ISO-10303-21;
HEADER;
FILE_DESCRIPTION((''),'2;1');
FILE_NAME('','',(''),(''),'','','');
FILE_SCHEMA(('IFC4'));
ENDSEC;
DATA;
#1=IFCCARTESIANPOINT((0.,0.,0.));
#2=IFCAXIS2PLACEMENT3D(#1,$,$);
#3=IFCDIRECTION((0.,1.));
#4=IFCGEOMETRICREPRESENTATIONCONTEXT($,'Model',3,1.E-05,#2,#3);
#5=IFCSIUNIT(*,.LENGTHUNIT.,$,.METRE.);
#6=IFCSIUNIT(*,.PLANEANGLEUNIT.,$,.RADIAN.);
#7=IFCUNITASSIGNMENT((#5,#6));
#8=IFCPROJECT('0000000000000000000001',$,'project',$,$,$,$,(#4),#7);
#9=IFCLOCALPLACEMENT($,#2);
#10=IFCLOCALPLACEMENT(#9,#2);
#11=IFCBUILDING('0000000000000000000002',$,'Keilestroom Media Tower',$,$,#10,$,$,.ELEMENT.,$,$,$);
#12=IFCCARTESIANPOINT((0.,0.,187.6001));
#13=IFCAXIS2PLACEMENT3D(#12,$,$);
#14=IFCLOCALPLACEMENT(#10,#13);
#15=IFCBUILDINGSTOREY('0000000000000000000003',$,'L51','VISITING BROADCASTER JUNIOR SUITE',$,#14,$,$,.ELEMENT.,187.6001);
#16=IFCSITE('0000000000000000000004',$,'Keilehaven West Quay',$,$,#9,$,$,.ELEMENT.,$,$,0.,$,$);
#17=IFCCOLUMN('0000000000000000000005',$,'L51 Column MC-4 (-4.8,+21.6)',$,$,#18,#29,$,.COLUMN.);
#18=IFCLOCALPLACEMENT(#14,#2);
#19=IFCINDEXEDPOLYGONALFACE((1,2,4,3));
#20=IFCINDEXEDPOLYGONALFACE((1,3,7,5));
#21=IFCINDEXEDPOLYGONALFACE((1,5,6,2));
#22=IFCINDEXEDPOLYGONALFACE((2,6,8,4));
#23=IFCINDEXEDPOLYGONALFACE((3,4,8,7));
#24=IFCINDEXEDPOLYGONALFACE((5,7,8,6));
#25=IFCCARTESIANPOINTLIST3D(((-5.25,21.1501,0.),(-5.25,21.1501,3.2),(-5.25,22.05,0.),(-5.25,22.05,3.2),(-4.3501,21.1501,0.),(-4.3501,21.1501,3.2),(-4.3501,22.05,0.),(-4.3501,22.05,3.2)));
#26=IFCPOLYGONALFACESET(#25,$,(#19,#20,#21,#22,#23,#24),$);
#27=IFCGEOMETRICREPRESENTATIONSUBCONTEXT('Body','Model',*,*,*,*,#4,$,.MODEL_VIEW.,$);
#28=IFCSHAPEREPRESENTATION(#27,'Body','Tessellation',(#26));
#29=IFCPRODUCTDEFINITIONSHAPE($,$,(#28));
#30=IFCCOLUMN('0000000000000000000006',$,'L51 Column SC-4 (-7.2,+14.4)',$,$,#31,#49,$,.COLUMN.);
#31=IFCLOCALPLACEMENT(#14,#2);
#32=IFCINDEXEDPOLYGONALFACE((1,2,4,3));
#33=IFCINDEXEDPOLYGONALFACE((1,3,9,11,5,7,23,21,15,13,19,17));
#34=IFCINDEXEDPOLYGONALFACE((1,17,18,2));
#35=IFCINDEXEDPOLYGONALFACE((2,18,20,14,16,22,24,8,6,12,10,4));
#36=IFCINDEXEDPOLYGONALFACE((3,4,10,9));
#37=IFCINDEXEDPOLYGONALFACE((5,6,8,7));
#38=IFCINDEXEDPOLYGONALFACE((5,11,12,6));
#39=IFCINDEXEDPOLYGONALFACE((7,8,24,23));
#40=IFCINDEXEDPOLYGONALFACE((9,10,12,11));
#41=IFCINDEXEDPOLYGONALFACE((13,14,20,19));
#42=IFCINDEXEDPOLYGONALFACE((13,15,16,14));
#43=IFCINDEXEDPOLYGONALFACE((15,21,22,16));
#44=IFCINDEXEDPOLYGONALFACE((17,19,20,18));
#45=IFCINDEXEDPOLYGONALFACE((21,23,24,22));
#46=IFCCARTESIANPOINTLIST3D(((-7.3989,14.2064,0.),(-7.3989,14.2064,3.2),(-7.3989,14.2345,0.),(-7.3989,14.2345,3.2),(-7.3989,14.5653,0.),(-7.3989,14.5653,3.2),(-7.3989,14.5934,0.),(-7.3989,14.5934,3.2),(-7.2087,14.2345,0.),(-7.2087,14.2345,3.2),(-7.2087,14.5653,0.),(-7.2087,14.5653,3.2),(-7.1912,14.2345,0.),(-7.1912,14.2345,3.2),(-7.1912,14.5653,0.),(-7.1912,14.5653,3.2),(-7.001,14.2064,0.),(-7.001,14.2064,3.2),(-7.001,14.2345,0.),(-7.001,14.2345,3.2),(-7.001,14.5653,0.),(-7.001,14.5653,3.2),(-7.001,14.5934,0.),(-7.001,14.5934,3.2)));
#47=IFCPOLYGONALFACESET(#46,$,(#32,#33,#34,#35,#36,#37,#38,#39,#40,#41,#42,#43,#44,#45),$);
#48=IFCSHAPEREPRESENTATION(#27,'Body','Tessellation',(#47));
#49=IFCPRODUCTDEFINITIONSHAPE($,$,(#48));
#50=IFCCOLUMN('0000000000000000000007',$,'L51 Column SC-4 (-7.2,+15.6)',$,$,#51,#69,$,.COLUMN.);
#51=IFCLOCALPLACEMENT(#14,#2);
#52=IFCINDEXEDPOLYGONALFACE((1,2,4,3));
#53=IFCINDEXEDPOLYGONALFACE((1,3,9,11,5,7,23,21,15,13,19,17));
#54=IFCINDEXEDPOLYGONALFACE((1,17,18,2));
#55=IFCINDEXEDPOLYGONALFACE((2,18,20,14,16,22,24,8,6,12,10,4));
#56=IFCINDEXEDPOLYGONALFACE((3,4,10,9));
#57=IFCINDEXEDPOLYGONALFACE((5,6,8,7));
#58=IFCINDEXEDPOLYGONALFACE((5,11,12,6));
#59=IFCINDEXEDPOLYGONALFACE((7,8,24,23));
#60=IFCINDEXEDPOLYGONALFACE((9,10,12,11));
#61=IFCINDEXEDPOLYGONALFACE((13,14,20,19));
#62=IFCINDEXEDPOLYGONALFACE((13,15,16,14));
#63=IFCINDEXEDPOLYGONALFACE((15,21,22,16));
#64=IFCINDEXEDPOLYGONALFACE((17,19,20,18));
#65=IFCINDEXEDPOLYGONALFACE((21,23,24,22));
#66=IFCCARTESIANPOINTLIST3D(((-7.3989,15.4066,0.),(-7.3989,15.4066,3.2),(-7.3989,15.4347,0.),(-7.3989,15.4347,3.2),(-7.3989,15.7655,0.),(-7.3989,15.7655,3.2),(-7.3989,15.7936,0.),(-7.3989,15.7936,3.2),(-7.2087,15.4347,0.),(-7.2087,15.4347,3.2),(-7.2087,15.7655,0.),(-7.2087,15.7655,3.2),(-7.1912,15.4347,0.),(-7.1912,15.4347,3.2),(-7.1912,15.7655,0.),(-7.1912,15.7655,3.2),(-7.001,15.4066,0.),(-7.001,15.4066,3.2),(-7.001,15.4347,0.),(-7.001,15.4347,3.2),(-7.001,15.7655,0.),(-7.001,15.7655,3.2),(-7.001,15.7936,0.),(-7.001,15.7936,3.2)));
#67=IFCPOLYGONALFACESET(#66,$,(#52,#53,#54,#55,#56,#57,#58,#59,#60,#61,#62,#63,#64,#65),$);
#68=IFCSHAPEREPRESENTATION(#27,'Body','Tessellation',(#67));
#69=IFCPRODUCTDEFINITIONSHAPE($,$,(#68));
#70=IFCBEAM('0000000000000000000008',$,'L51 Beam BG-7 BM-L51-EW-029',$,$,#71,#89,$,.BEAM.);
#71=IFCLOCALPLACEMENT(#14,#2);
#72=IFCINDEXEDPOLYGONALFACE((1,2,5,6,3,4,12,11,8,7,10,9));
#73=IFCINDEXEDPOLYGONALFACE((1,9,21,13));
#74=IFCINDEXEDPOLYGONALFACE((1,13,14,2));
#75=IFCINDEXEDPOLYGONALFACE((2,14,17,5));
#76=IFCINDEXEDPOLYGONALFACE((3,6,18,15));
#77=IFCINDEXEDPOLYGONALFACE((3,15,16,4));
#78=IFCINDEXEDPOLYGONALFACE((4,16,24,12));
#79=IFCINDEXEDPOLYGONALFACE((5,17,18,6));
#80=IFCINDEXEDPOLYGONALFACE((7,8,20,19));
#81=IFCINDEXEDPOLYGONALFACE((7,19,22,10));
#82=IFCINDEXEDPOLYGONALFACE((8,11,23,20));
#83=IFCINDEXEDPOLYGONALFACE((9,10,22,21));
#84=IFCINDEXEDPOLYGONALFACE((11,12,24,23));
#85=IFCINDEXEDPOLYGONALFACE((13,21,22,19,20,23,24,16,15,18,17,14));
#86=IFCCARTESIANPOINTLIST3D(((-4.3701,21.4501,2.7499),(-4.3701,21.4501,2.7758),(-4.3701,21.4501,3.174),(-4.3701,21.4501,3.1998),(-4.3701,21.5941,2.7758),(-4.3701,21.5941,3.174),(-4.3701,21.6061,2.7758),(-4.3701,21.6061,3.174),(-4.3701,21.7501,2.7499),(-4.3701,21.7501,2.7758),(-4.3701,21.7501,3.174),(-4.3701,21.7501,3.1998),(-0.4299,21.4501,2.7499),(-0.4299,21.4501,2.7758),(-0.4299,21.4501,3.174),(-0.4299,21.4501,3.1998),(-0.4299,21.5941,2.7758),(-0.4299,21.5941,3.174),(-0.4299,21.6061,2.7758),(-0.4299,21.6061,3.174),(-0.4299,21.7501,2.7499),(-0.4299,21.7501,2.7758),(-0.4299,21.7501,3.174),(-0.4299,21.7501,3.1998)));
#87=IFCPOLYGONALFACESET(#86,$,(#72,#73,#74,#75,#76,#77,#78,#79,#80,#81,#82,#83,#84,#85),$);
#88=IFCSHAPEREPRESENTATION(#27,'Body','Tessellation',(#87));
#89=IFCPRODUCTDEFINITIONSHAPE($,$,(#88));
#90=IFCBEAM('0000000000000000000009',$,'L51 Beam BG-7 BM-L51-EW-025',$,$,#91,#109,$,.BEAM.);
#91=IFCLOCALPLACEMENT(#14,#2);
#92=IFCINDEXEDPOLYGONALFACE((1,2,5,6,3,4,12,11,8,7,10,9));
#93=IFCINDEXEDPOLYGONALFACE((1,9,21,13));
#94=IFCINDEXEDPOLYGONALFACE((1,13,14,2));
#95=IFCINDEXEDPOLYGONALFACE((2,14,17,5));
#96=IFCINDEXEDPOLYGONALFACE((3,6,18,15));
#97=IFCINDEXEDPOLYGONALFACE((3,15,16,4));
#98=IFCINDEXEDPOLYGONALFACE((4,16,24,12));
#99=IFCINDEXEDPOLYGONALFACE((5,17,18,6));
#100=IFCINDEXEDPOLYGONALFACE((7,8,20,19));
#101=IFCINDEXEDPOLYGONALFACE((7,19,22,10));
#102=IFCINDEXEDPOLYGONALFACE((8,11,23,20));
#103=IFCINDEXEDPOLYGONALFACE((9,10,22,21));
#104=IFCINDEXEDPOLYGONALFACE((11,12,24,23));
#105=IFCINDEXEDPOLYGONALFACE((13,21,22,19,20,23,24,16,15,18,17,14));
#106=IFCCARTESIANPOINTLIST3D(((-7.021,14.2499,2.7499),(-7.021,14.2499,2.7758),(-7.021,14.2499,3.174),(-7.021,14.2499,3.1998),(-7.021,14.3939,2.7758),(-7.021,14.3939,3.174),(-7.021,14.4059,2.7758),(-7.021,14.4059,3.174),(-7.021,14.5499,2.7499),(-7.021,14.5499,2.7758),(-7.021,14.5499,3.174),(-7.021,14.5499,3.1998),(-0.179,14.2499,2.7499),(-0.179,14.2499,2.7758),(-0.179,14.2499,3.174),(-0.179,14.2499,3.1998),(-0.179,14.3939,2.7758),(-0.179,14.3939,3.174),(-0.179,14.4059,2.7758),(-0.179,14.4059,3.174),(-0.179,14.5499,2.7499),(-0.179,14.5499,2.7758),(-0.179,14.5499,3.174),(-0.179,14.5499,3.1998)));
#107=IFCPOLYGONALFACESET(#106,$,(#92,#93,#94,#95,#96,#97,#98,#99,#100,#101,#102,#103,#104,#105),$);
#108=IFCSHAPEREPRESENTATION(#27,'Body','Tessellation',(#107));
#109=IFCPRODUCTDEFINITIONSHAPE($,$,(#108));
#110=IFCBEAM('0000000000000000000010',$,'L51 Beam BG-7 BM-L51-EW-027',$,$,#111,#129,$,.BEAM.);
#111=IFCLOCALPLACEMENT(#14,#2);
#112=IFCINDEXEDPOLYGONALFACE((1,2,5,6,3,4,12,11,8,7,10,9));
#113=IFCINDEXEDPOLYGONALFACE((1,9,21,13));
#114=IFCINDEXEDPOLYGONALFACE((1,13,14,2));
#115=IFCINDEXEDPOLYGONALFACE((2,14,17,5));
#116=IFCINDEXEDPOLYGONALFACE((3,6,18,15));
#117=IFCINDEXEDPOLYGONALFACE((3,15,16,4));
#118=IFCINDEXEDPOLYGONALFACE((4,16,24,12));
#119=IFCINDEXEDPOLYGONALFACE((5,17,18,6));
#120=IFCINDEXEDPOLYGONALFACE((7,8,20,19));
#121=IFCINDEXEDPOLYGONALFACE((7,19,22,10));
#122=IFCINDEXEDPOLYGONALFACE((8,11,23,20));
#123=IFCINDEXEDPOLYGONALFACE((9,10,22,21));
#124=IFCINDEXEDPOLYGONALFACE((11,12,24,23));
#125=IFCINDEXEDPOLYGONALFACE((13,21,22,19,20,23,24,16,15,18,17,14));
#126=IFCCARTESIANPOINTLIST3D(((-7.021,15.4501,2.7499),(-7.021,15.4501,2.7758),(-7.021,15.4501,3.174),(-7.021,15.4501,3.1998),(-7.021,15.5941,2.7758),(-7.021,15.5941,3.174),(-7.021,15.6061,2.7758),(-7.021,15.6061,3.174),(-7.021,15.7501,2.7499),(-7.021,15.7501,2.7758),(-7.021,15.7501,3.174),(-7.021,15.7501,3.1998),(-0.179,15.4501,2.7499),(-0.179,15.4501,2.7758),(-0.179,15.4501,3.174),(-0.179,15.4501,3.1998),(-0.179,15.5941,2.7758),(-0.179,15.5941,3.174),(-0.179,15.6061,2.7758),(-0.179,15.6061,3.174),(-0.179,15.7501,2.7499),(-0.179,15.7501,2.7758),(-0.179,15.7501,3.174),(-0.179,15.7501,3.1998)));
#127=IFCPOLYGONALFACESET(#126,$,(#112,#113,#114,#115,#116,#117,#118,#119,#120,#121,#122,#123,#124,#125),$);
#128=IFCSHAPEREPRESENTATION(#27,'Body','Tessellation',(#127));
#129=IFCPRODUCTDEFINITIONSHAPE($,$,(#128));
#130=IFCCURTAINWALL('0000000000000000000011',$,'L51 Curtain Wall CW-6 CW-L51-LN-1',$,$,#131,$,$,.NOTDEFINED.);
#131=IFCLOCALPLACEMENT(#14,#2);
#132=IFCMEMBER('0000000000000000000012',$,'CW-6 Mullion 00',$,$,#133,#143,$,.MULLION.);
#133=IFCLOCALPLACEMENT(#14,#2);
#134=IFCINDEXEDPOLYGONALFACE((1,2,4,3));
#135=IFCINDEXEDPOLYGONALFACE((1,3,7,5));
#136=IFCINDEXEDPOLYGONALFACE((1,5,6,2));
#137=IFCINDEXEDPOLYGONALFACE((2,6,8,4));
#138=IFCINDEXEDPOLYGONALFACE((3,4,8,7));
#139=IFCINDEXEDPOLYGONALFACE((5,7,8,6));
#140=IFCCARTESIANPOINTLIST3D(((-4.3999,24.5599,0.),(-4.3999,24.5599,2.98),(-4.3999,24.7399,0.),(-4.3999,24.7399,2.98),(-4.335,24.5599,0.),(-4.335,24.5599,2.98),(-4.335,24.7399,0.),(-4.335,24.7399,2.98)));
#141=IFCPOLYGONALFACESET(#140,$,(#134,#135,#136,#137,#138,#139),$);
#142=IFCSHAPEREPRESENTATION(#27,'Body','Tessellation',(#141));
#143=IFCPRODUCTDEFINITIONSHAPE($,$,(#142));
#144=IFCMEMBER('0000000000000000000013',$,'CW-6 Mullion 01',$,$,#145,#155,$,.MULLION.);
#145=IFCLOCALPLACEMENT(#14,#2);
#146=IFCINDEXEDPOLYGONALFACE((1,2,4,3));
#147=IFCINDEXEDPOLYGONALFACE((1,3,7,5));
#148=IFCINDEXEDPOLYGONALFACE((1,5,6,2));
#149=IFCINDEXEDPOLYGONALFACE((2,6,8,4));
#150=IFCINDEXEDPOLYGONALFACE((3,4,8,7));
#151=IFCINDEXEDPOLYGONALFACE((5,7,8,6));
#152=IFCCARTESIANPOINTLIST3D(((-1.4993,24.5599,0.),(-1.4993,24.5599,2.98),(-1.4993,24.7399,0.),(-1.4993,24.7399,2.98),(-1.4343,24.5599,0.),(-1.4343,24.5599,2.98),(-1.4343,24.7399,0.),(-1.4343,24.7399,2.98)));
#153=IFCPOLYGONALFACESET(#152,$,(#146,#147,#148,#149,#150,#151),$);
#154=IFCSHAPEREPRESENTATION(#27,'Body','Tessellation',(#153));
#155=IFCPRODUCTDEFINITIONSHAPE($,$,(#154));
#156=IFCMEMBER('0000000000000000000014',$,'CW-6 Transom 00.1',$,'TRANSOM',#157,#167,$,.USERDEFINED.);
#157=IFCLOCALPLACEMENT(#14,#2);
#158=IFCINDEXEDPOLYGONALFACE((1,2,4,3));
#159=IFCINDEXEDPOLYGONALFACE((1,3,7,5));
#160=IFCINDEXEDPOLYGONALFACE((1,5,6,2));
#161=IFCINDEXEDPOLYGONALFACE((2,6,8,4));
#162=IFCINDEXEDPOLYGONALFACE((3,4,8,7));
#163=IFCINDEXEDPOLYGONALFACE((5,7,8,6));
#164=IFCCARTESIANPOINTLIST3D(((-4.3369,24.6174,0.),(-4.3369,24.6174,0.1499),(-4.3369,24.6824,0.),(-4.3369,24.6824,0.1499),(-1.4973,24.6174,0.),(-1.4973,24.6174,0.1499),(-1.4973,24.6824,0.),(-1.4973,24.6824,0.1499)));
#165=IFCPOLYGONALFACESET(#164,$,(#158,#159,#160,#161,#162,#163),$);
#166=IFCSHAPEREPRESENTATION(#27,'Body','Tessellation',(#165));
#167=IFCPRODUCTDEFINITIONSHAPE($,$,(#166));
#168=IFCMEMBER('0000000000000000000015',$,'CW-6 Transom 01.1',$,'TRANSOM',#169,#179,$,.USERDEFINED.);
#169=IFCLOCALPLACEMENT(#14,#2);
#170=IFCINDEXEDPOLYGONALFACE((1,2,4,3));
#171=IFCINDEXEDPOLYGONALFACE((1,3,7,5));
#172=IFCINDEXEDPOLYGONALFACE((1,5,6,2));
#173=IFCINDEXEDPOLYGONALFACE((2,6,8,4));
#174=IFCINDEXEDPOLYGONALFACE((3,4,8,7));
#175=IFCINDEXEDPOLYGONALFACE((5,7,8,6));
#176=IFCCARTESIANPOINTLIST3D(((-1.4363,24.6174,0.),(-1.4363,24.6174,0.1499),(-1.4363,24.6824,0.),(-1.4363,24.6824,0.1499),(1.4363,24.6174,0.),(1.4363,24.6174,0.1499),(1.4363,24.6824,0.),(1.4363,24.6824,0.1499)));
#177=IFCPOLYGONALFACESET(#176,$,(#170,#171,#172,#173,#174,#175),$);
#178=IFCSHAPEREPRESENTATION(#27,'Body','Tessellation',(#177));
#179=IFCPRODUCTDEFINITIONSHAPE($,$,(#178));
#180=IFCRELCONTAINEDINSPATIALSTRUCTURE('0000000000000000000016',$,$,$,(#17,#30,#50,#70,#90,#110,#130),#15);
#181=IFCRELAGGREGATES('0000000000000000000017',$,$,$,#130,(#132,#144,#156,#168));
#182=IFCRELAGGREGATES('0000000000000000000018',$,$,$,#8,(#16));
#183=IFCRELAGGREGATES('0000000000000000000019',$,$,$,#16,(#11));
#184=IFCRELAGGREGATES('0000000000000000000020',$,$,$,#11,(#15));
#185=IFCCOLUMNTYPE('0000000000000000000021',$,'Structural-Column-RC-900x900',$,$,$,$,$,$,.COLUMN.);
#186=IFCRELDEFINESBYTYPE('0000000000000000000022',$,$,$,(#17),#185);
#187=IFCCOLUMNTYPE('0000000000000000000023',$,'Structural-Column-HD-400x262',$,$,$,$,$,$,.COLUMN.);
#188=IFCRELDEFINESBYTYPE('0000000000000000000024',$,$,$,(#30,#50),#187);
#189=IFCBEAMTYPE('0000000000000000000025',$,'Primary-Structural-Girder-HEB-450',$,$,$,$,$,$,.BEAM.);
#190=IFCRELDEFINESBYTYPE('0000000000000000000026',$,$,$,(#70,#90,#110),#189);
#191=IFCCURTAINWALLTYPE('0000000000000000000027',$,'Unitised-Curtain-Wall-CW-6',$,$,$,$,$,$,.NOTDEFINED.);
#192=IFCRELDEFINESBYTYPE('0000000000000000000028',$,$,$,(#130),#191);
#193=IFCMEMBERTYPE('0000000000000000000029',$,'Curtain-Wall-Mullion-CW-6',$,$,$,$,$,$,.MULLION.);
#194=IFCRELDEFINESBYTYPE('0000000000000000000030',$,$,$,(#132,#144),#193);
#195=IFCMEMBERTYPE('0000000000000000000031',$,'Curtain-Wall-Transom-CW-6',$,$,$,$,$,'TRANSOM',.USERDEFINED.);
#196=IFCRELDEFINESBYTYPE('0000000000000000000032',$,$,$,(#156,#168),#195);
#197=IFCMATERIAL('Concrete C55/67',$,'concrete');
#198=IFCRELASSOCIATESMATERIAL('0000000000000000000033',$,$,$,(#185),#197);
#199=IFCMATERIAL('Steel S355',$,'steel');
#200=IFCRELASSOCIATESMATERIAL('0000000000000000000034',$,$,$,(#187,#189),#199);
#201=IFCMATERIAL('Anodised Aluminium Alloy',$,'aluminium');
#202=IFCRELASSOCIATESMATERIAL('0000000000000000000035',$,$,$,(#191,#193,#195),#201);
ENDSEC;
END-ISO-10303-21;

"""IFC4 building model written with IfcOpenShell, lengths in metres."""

from ifc_helpers import new_model, si_unit, direction, frame, origin, origin_2d, place, context, subcontext, project, spatial, rectangle, i_section, extrude, source, transform, mapped, material, material_profile, profile_set, type_object, element, aggregate, save


model = new_model("IFC4")

# Units and contexts
model_context = context("Model", 3, precision=1e-05, world=origin(), true_north=direction((0.0, 1.0)))
body_context = subcontext(model_context, "Body", "Model", "MODEL_VIEW")
ifc_project = project(units=[si_unit("LENGTHUNIT", "METRE"), si_unit("PLANEANGLEUNIT", "RADIAN")], contexts=[model_context])

# Site, building, storey
site_placement = place(None, origin())
site = spatial("IfcSite", under=ifc_project, at=site_placement, Name="Keilehaven West Quay", CompositionType="ELEMENT", RefElevation=0.0)
building_placement = place(site_placement, origin())
building = spatial("IfcBuilding", under=site, at=building_placement, Name="Keilestroom Media Tower", CompositionType="ELEMENT")
storey_placement = place(building_placement, frame((0.0, 0.0, 187.6001)))
storey = spatial("IfcBuildingStorey", under=building, at=storey_placement, Name="L51", Description="VISITING BROADCASTER JUNIOR SUITE", CompositionType="ELEMENT", Elevation=187.6001)

# Columns
ifc_material_1 = material(Name="Concrete C55/67", Category="concrete")
ifc_material_profile_1 = material_profile(ifc_material_1, rectangle(XDim=0.8999, YDim=0.8999, at=origin_2d()), Name="RC 900x900")
ifc_profile_set_1 = profile_set([ifc_material_profile_1], Name="Concrete C55/67")
column_type_1 = type_object("IfcColumnType", Name="Structural-Column-RC-900x900", PredefinedType="COLUMN", material=ifc_profile_set_1)
shared_shape_1 = source(origin(), body_context, "Body", "SweptSolid", [
    extrude(rectangle(XDim=0.8999, YDim=0.8999, at=origin_2d()), origin(), (0.0, 0.0, 1.0), 3.2),
])
column_placement = place(storey_placement, frame((-4.8, 21.6001, 0.0), z_axis=(0.0, 0.0, 1.0), x_axis=(1.0, 0.0, 0.0)))
element("IfcColumn", 1, at=column_placement, inside=storey, type_object=column_type_1, Name="L51 Column MC-4 (-4.8,+21.6)", PredefinedType="COLUMN", context=body_context, shape_type="MappedRepresentation", body=[
    mapped(shared_shape_1, transform((0.0, 0.0, 0.0), x_axis=(1.0, 0.0, 0.0), y_axis=(0.0, 1.0, 0.0), z_axis=(0.0, 0.0, 1.0), scale=1.0)),
])
ifc_material_2 = material(Name="Steel S355", Category="steel")
ifc_material_profile_2 = material_profile(ifc_material_2, i_section(OverallWidth=0.3979, OverallDepth=0.387, WebThickness=0.0176, FlangeThickness=0.0281, at=origin_2d()), Name="HD 400x262")
ifc_profile_set_2 = profile_set([ifc_material_profile_2], Name="Steel S355")
column_type_2 = type_object("IfcColumnType", Name="Structural-Column-HD-400x262", PredefinedType="COLUMN", material=ifc_profile_set_2)
shared_shape_2 = source(origin(), body_context, "Body", "SweptSolid", [
    extrude(i_section(OverallWidth=0.3979, OverallDepth=0.387, WebThickness=0.0176, FlangeThickness=0.0281, at=origin_2d()), origin(), (0.0, 0.0, 1.0), 3.2),
])
for number, where, z_axis, x_axis, name in (
    (2, (-7.2, 14.3999, 0.0), (0.0, 0.0, 1.0), (1.0, 0.0, 0.0), "L51 Column SC-4 (-7.2,+14.4)"),
    (3, (-7.2, 15.6001, 0.0), (0.0, 0.0, 1.0), (1.0, 0.0, 0.0), "L51 Column SC-4 (-7.2,+15.6)"),
):
    element("IfcColumn", number, at=place(storey_placement, frame(where, z_axis=z_axis, x_axis=x_axis)), inside=storey, type_object=column_type_2, Name=name, PredefinedType="COLUMN", context=body_context, shape_type="MappedRepresentation", body=[
        mapped(shared_shape_2, transform((0.0, 0.0, 0.0), x_axis=(1.0, 0.0, 0.0), y_axis=(0.0, 1.0, 0.0), z_axis=(0.0, 0.0, 1.0), scale=1.0)),
    ])

# Beams
ifc_material_profile_3 = material_profile(ifc_material_2, i_section(OverallWidth=0.3, OverallDepth=0.45, WebThickness=0.012, FlangeThickness=0.0259, at=origin_2d()), Name="HEB 450")
ifc_profile_set_3 = profile_set([ifc_material_profile_3], Name="Steel S355")
beam_type = type_object("IfcBeamType", Name="Primary-Structural-Girder-HEB-450", PredefinedType="BEAM", material=ifc_profile_set_3)
shared_shape_3 = source(origin(), body_context, "Body", "SweptSolid", [
    extrude(i_section(OverallWidth=0.3, OverallDepth=0.45, WebThickness=0.012, FlangeThickness=0.0259, at=origin_2d()), origin(), (0.0, 0.0, 1.0), 3.9402),
])
beam_placement = place(storey_placement, frame((-4.3701, 21.6001, 2.9749), z_axis=(1.0, 0.0, 0.0), x_axis=(0.0, 1.0, 0.0)))
element("IfcBeam", 4, at=beam_placement, inside=storey, type_object=beam_type, Name="L51 Beam BG-7 BM-L51-EW-029", PredefinedType="BEAM", context=body_context, shape_type="MappedRepresentation", body=[
    mapped(shared_shape_3, transform((0.0, 0.0, 0.0), x_axis=(1.0, 0.0, 0.0), y_axis=(0.0, 1.0, 0.0), z_axis=(0.0, 0.0, 1.0), scale=1.0)),
])
shared_shape_4 = source(origin(), body_context, "Body", "SweptSolid", [
    extrude(i_section(OverallWidth=0.3, OverallDepth=0.45, WebThickness=0.012, FlangeThickness=0.0259, at=origin_2d()), origin(), (0.0, 0.0, 1.0), 6.842),
])
for number, where, z_axis, x_axis, name in (
    (5, (-7.021, 14.3999, 2.9749), (1.0, 0.0, 0.0), (0.0, 1.0, 0.0), "L51 Beam BG-7 BM-L51-EW-025"),
    (6, (-7.021, 15.6001, 2.9749), (1.0, 0.0, 0.0), (0.0, 1.0, 0.0), "L51 Beam BG-7 BM-L51-EW-027"),
):
    element("IfcBeam", number, at=place(storey_placement, frame(where, z_axis=z_axis, x_axis=x_axis)), inside=storey, type_object=beam_type, Name=name, PredefinedType="BEAM", context=body_context, shape_type="MappedRepresentation", body=[
        mapped(shared_shape_4, transform((0.0, 0.0, 0.0), x_axis=(1.0, 0.0, 0.0), y_axis=(0.0, 1.0, 0.0), z_axis=(0.0, 0.0, 1.0), scale=1.0)),
    ])

# Curtain wall, members
ifc_material_3 = material(Name="Anodised Aluminium Alloy", Category="aluminium")
curtain_wall_type = type_object("IfcCurtainWallType", Name="Unitised-Curtain-Wall-CW-6", PredefinedType="NOTDEFINED", material=ifc_material_3)
curtain_wall_placement = place(storey_placement, origin())
curtain_wall = element("IfcCurtainWall", 7, at=curtain_wall_placement, inside=storey, type_object=curtain_wall_type, Name="L51 Curtain Wall CW-6 CW-L51-LN-1", PredefinedType="NOTDEFINED")
ifc_material_profile_4 = material_profile(ifc_material_3, rectangle(XDim=0.0649, YDim=0.1799, at=origin_2d()), Name="ALU MULLION 65x180")
ifc_profile_set_4 = profile_set([ifc_material_profile_4], Name="Anodised Aluminium Alloy")
member_type_1 = type_object("IfcMemberType", Name="Curtain-Wall-Mullion-CW-6", PredefinedType="MULLION", material=ifc_profile_set_4)
shared_shape_5 = source(origin(), body_context, "Body", "SweptSolid", [
    extrude(rectangle(XDim=0.0649, YDim=0.1799, at=origin_2d()), origin(), (0.0, 0.0, 1.0), 2.98),
])
member_1_placement = place(storey_placement, frame((-4.3674, 24.6499, 0.0), z_axis=(0.0, 0.0, 1.0), x_axis=(1.0, 0.0, 0.0)))
member_1 = element("IfcMember", 8, at=member_1_placement, type_object=member_type_1, Name="CW-6 Mullion 00", PredefinedType="MULLION", context=body_context, shape_type="MappedRepresentation", body=[
    mapped(shared_shape_5, transform((0.0, 0.0, 0.0), x_axis=(1.0, 0.0, 0.0), y_axis=(0.0, 1.0, 0.0), z_axis=(0.0, 0.0, 1.0), scale=1.0)),
])
member_2_placement = place(storey_placement, frame((-1.4668, 24.6499, 0.0), z_axis=(0.0, 0.0, 1.0), x_axis=(1.0, 0.0, 0.0)))
member_2 = element("IfcMember", 9, at=member_2_placement, type_object=member_type_1, Name="CW-6 Mullion 01", PredefinedType="MULLION", context=body_context, shape_type="MappedRepresentation", body=[
    mapped(shared_shape_5, transform((0.0, 0.0, 0.0), x_axis=(1.0, 0.0, 0.0), y_axis=(0.0, 1.0, 0.0), z_axis=(0.0, 0.0, 1.0), scale=1.0)),
])
ifc_material_profile_5 = material_profile(ifc_material_3, rectangle(XDim=0.0649, YDim=0.1499, at=origin_2d()), Name="ALU TRANSOM 65x150")
ifc_profile_set_5 = profile_set([ifc_material_profile_5], Name="Anodised Aluminium Alloy")
member_type_2 = type_object("IfcMemberType", Name="Curtain-Wall-Transom-CW-6", ElementType="TRANSOM", PredefinedType="USERDEFINED", material=ifc_profile_set_5)
shared_shape_6 = source(origin(), body_context, "Body", "SweptSolid", [
    extrude(rectangle(XDim=0.0649, YDim=0.1499, at=origin_2d()), origin(), (0.0, 0.0, 1.0), 2.8396),
])
member_3_placement = place(storey_placement, frame((-4.3369, 24.6499, 0.075), z_axis=(1.0, 0.0, 0.0), x_axis=(0.0, 1.0, 0.0)))
member_3 = element("IfcMember", 10, at=member_3_placement, type_object=member_type_2, Name="CW-6 Transom 00.1", ObjectType="TRANSOM", PredefinedType="USERDEFINED", context=body_context, shape_type="MappedRepresentation", body=[
    mapped(shared_shape_6, transform((0.0, 0.0, 0.0), x_axis=(1.0, 0.0, 0.0), y_axis=(0.0, 1.0, 0.0), z_axis=(0.0, 0.0, 1.0), scale=1.0)),
])
shared_shape_7 = source(origin(), body_context, "Body", "SweptSolid", [
    extrude(rectangle(XDim=0.0649, YDim=0.1499, at=origin_2d()), origin(), (0.0, 0.0, 1.0), 2.8726),
])
member_4_placement = place(storey_placement, frame((-1.4363, 24.6499, 0.075), z_axis=(1.0, 0.0, 0.0), x_axis=(0.0, 1.0, 0.0)))
member_4 = element("IfcMember", 11, at=member_4_placement, type_object=member_type_2, Name="CW-6 Transom 01.1", ObjectType="TRANSOM", PredefinedType="USERDEFINED", context=body_context, shape_type="MappedRepresentation", body=[
    mapped(shared_shape_7, transform((0.0, 0.0, 0.0), x_axis=(1.0, 0.0, 0.0), y_axis=(0.0, 1.0, 0.0), z_axis=(0.0, 0.0, 1.0), scale=1.0)),
])
aggregate(curtain_wall, [member_1, member_2, member_3, member_4])

save(model, "model.ifc")
